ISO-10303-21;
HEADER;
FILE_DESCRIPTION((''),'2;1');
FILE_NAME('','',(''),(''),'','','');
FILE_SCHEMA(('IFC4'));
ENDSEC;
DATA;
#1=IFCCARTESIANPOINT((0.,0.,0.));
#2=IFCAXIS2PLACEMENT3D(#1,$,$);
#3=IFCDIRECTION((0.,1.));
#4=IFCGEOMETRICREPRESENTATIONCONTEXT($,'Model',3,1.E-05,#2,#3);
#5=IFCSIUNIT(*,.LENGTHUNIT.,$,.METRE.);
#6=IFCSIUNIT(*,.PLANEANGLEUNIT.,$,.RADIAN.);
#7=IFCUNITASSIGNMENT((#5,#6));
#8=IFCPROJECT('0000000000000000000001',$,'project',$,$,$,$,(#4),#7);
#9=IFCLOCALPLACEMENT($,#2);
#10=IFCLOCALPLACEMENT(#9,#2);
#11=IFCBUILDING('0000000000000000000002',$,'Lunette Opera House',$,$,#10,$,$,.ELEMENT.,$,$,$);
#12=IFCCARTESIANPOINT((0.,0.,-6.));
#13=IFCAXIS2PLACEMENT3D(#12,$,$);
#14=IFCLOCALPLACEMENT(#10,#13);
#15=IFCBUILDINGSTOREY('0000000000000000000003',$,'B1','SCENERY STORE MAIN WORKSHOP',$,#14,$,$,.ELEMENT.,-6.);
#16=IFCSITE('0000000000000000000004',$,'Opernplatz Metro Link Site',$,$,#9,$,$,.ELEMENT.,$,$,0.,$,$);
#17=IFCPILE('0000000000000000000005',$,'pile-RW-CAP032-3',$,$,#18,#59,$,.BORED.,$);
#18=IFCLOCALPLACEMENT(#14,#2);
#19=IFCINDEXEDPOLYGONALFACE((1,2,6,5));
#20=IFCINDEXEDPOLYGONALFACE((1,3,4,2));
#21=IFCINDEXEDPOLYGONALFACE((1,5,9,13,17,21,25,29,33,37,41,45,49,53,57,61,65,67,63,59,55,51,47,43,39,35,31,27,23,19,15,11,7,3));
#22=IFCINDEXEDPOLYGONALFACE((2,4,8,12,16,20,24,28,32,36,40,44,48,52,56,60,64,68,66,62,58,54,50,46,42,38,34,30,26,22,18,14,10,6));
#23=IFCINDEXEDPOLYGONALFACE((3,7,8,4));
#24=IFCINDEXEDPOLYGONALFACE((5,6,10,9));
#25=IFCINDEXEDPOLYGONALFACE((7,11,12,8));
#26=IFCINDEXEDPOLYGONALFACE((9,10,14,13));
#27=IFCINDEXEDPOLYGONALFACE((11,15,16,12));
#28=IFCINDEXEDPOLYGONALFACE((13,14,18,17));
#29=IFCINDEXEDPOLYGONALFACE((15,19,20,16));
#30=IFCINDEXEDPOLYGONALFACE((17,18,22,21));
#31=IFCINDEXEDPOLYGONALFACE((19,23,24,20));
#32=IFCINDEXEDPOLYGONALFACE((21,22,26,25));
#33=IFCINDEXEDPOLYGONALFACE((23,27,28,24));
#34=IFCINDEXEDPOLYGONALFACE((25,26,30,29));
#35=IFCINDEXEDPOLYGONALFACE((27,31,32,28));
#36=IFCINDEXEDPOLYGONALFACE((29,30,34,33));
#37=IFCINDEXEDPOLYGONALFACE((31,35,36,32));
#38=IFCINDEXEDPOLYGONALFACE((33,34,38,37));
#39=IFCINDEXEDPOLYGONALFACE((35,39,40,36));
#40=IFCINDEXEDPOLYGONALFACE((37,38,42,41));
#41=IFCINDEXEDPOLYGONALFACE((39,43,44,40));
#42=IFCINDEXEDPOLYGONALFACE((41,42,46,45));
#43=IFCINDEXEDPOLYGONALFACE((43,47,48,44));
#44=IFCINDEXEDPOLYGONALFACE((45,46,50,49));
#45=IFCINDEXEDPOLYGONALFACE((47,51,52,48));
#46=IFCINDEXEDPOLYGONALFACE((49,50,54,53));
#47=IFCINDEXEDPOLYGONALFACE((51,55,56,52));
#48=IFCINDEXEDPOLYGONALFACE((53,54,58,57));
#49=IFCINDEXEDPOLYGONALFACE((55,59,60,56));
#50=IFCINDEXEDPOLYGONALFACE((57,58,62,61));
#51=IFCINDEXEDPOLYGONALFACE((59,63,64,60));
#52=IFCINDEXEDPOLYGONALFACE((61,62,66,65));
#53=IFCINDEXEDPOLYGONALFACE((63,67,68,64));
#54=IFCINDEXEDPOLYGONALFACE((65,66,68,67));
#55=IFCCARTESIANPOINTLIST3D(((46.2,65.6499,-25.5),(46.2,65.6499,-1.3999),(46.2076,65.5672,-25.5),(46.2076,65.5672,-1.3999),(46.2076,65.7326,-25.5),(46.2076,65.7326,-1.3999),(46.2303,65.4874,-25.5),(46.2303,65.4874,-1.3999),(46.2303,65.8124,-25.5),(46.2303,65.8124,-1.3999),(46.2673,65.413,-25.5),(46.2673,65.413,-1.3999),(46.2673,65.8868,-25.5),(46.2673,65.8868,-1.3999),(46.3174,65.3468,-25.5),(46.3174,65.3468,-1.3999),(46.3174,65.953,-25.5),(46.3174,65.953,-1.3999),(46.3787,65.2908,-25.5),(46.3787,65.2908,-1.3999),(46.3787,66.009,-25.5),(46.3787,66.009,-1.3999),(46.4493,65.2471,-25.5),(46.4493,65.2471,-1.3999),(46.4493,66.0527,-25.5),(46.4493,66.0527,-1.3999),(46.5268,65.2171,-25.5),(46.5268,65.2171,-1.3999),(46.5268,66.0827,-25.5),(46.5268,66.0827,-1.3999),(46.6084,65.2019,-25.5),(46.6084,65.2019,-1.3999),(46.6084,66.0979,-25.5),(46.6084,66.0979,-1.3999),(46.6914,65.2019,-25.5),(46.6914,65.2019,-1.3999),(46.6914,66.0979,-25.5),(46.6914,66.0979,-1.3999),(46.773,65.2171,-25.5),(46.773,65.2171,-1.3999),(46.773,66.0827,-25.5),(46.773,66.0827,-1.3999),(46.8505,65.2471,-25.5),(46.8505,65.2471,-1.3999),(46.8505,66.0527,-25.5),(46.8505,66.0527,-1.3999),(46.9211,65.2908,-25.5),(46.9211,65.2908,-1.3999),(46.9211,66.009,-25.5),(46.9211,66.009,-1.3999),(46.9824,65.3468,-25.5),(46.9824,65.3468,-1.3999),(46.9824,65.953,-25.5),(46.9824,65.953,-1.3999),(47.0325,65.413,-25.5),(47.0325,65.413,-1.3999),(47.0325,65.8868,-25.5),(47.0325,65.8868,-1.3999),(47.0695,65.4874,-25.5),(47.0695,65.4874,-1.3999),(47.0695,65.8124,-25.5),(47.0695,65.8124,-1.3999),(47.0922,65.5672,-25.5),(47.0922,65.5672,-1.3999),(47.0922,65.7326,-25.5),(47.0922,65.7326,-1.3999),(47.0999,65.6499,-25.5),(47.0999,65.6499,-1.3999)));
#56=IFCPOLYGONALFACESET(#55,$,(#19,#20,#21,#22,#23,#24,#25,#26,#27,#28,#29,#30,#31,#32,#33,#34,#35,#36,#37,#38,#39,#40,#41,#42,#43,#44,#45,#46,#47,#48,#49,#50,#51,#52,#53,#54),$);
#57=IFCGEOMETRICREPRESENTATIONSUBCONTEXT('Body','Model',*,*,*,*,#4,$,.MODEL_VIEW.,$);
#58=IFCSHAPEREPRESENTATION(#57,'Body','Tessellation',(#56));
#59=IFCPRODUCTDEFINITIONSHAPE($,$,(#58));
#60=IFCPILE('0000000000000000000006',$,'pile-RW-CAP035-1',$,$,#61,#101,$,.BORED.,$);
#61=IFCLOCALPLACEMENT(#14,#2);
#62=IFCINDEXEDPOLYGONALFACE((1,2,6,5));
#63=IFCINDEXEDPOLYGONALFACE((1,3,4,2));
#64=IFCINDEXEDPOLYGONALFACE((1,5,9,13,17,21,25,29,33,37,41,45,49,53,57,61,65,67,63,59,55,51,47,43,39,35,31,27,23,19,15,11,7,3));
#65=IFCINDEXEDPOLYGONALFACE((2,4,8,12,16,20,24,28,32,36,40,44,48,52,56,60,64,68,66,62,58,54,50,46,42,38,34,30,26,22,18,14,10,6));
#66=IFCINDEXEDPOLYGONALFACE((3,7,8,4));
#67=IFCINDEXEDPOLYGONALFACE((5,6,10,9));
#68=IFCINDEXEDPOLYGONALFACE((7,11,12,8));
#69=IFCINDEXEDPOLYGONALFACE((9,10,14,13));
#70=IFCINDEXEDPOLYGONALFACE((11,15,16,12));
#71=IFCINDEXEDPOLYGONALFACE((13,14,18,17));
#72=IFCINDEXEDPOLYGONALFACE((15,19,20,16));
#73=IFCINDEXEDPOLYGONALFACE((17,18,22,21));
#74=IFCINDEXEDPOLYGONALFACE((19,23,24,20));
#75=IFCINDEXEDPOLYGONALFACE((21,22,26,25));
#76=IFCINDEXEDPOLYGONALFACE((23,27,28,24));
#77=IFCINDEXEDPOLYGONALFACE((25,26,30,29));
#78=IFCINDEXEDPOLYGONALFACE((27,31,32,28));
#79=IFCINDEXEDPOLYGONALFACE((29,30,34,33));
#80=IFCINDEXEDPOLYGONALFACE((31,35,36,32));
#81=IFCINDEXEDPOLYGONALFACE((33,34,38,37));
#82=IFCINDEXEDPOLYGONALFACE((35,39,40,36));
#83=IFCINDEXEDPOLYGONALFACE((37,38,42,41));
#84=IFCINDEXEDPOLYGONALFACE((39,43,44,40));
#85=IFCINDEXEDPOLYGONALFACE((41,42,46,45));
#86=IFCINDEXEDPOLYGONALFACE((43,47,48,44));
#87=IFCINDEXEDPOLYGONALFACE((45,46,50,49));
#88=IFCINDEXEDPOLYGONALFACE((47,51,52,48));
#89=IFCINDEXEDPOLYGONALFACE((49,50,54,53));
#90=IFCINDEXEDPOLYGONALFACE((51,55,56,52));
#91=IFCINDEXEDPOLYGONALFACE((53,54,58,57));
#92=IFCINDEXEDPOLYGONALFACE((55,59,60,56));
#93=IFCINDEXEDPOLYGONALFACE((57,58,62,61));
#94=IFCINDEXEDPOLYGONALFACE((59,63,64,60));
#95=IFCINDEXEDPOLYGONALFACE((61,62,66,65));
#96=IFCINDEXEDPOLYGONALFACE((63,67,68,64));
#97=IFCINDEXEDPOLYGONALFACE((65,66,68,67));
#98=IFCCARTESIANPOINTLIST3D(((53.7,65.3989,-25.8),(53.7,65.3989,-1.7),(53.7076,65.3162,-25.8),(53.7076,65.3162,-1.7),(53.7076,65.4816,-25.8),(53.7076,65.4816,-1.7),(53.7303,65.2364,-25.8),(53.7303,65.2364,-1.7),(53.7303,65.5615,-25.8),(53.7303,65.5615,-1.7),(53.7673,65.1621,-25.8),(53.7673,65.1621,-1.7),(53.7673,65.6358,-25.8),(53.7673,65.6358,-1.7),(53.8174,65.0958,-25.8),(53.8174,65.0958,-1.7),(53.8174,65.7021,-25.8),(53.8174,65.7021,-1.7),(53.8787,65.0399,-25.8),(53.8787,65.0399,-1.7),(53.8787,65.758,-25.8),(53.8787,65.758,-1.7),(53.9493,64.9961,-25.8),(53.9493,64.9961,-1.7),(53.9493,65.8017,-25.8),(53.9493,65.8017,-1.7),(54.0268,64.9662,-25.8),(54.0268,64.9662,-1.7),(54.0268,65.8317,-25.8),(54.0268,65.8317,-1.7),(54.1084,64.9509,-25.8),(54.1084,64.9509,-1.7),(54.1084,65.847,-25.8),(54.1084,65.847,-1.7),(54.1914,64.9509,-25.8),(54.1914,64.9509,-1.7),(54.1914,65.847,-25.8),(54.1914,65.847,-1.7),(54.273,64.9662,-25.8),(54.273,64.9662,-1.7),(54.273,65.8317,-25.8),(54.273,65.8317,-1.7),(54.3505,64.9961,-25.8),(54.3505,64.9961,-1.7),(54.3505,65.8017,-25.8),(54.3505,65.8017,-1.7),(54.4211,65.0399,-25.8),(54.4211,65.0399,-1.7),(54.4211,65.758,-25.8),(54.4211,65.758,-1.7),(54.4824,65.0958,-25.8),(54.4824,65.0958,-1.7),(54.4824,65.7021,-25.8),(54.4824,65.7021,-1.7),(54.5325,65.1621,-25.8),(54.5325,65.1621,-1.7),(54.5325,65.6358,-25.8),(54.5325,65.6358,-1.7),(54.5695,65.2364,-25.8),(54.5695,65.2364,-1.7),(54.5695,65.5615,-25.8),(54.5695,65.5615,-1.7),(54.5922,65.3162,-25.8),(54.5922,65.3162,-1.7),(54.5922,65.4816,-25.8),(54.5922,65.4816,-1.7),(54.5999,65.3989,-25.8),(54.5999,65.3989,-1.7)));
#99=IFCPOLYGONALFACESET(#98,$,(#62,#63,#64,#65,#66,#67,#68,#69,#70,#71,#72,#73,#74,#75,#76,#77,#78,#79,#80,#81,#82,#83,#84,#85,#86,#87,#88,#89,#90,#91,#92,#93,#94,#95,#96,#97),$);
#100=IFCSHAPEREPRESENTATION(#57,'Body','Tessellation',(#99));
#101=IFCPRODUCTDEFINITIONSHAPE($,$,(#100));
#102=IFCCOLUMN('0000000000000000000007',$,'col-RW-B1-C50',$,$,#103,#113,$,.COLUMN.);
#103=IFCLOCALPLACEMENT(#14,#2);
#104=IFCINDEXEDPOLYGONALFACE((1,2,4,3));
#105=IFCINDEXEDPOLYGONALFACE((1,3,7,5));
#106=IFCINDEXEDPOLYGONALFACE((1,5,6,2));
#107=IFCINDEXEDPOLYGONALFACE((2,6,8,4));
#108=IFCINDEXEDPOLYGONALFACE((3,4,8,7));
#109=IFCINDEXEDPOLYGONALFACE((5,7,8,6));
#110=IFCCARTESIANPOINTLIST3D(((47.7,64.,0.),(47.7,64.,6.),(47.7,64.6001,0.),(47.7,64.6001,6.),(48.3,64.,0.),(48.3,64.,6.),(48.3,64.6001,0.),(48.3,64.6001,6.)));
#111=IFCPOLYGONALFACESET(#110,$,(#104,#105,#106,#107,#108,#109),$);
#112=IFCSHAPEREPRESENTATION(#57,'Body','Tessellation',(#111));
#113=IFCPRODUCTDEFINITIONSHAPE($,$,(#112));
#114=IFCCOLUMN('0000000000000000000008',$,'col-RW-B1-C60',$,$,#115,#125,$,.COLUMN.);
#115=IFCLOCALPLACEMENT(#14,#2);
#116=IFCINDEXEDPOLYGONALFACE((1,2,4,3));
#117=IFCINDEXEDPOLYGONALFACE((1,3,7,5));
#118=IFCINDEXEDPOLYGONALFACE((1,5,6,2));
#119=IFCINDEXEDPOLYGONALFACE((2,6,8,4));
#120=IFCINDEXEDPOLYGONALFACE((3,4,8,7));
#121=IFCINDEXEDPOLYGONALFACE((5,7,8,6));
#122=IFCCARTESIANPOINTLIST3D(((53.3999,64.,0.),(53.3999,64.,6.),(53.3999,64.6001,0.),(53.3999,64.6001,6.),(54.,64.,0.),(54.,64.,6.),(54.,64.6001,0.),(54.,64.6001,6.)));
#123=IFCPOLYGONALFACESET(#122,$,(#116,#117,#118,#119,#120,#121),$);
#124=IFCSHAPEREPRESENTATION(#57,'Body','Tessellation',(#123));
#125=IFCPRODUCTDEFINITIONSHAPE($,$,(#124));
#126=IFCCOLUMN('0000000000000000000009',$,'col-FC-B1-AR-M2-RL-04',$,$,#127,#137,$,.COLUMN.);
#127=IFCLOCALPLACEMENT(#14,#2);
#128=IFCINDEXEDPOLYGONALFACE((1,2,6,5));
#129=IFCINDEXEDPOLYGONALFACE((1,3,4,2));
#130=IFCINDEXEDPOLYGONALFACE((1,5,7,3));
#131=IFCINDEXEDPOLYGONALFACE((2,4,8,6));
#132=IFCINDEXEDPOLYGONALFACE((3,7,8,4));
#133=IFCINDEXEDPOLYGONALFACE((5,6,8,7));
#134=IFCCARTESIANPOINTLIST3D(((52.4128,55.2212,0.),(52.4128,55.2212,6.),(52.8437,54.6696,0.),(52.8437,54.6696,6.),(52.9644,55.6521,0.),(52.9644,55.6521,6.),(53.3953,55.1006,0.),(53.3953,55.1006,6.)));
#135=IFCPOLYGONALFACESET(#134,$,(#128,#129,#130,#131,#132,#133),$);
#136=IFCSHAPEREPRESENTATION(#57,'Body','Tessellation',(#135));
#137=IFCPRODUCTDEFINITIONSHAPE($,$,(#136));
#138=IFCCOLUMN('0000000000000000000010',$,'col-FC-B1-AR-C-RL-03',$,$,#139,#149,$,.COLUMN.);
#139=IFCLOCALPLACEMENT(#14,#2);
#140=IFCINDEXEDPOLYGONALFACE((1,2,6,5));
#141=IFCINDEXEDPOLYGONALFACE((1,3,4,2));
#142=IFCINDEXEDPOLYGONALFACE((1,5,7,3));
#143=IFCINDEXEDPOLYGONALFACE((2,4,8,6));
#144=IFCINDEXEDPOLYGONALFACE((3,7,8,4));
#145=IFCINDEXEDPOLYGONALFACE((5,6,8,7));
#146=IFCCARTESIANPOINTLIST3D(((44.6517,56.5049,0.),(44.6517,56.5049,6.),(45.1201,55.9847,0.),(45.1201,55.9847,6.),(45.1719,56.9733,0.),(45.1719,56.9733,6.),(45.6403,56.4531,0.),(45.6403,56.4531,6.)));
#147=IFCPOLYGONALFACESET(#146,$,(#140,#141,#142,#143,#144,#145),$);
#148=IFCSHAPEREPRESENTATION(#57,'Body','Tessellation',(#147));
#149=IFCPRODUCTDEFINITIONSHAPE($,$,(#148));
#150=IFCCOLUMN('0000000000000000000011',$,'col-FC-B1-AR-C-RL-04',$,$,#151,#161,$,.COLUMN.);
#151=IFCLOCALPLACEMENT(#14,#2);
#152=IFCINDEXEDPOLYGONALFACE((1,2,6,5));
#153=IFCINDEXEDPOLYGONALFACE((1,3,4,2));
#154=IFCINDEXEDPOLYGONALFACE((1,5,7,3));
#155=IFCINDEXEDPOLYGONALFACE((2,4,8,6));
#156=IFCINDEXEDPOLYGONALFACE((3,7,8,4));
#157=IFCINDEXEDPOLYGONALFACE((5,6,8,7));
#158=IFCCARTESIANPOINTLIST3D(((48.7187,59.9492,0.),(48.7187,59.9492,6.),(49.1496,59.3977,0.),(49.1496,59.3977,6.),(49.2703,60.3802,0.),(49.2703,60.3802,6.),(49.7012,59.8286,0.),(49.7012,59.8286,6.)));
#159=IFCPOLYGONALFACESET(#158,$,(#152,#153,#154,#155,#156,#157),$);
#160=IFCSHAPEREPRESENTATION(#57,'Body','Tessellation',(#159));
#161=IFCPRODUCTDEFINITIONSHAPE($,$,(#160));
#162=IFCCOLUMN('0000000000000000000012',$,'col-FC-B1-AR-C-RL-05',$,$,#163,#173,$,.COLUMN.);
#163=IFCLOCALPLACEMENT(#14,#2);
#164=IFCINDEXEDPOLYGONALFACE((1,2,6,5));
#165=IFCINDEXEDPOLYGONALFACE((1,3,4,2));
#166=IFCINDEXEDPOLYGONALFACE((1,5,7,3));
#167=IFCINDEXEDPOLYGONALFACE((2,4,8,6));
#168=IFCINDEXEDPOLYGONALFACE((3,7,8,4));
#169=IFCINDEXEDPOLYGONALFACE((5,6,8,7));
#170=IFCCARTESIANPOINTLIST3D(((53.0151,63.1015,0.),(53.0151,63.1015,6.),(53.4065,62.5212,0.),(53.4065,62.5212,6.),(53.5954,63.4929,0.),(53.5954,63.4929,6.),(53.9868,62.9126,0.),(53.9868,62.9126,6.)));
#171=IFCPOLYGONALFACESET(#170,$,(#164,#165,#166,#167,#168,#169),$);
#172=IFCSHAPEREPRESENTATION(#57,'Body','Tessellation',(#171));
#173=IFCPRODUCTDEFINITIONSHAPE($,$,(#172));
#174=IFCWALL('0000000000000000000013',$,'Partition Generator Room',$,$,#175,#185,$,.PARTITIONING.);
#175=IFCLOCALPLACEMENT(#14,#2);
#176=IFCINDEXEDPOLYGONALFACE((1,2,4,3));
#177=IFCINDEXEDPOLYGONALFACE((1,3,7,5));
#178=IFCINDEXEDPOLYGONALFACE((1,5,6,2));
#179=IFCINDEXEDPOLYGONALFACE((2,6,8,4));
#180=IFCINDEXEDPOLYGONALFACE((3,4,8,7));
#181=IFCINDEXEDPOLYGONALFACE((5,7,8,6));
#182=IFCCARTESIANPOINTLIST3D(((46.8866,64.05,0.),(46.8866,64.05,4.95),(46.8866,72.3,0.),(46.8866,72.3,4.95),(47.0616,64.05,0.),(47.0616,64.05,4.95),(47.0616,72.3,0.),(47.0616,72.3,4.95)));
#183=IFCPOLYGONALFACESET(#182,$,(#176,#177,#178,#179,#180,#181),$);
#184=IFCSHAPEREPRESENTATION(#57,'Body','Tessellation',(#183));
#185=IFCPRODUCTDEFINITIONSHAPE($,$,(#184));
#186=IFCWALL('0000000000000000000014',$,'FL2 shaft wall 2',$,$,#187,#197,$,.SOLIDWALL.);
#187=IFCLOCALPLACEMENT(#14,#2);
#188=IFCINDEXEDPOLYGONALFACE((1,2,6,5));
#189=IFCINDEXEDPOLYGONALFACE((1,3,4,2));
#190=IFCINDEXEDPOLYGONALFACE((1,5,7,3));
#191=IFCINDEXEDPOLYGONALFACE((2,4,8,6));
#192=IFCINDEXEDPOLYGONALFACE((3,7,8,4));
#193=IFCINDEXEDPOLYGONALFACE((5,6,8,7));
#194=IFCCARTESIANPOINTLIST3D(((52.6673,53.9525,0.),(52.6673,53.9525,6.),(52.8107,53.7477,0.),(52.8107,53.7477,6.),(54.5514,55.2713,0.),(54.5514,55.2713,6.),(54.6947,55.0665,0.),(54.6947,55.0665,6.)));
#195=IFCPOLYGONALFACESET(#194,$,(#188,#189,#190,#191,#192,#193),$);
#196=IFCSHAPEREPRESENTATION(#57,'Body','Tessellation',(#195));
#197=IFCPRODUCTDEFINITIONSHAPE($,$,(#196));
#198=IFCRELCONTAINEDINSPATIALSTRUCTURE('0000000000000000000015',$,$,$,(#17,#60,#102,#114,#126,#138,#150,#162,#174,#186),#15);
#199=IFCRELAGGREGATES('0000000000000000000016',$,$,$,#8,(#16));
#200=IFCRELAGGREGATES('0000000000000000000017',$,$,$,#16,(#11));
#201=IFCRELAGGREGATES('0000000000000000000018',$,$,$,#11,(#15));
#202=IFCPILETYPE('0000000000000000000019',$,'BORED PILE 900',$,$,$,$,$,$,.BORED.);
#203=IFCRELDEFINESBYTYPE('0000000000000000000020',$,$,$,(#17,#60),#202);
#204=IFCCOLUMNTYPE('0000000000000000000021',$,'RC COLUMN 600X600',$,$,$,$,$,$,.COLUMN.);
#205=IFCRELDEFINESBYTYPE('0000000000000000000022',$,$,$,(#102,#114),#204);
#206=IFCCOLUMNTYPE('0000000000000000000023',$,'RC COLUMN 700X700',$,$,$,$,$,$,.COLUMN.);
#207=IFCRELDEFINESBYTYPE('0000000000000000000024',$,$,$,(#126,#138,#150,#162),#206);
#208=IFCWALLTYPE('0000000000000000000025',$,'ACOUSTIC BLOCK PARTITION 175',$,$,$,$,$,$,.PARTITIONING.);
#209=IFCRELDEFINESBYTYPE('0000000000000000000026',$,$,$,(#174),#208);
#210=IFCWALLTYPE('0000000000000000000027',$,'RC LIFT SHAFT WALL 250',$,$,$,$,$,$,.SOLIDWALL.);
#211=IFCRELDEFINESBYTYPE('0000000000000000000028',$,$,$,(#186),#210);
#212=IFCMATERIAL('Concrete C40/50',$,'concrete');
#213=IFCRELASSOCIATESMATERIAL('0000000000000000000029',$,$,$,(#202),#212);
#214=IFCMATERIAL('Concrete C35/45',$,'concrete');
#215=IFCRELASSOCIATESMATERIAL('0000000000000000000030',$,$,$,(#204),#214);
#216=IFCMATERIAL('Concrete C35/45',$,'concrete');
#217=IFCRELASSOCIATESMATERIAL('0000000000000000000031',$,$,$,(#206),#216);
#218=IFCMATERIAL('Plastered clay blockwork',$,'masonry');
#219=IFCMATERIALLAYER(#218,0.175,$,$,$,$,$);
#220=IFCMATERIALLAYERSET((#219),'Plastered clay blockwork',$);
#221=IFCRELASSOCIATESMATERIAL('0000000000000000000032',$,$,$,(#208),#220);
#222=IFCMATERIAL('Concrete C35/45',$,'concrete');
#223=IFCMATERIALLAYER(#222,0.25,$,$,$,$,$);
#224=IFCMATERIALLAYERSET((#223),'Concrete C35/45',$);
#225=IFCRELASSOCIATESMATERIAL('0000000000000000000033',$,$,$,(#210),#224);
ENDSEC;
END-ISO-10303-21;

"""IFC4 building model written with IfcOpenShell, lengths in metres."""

from ifc_helpers import new_model, si_unit, direction, frame, frame_2d, origin, origin_2d, place, context, subcontext, project, spatial, rectangle, circle, extrude, material, layer, layer_set, material_profile, profile_set, type_object, element, save


model = new_model("IFC4")

# Units and contexts
model_context = context("Model", 3, precision=1e-05, world=origin(), true_north=direction((0.0, 1.0)))
body_context = subcontext(model_context, "Body", "Model", "MODEL_VIEW")
ifc_project = project(units=[si_unit("LENGTHUNIT", "METRE"), si_unit("PLANEANGLEUNIT", "RADIAN")], contexts=[model_context])

# Site, building, storey
site_placement = place(None, origin())
site = spatial("IfcSite", under=ifc_project, at=site_placement, Name="Opernplatz Metro Link Site", CompositionType="ELEMENT", RefElevation=0.0)
building_placement = place(site_placement, origin())
building = spatial("IfcBuilding", under=site, at=building_placement, Name="Lunette Opera House", CompositionType="ELEMENT")
storey_placement = place(building_placement, frame((0.0, 0.0, -6.0)))
storey = spatial("IfcBuildingStorey", under=building, at=storey_placement, Name="B1", Description="SCENERY STORE MAIN WORKSHOP", CompositionType="ELEMENT", Elevation=-6.0)

# Piles
ifc_material_1 = material(Name="Concrete C40/50", Category="concrete")
ifc_material_profile_1 = material_profile(ifc_material_1, circle(Radius=0.45, at=origin_2d()), Name="BORED PILE 900")
ifc_profile_set_1 = profile_set([ifc_material_profile_1], Name="Concrete C40/50")
pile_type = type_object("IfcPileType", Name="BORED PILE 900", PredefinedType="BORED", material=ifc_profile_set_1)
for number, where, z_axis, x_axis, name in (
    (1, (46.6499, 65.6499, -1.3999), (0.0, 0.0, -1.0), (1.0, 0.0, 0.0), "pile-RW-CAP032-3"),
    (2, (54.1499, 65.3989, -1.7), (0.0, 0.0, -1.0), (1.0, 0.0, 0.0), "pile-RW-CAP035-1"),
):
    element("IfcPile", number, at=place(storey_placement, frame(where, z_axis=z_axis, x_axis=x_axis)), inside=storey, type_object=pile_type, Name=name, PredefinedType="BORED", context=body_context, shape_type="SweptSolid", body=[
        extrude(circle(Radius=0.45, at=origin_2d()), origin(), (0.0, 0.0, 1.0), 24.1001),
    ])

# Columns
ifc_material_2 = material(Name="Concrete C35/45", Category="concrete")
ifc_material_profile_2 = material_profile(ifc_material_2, rectangle(XDim=0.6001, YDim=0.6001, at=origin_2d()), Name="RC COLUMN 600X600")
ifc_profile_set_2 = profile_set([ifc_material_profile_2], Name="Concrete C35/45")
column_type_1 = type_object("IfcColumnType", Name="RC COLUMN 600X600", PredefinedType="COLUMN", material=ifc_profile_set_2)
for number, where, z_axis, x_axis, name in (
    (3, (48.0, 64.3, 0.0), (0.0, 0.0, 1.0), (1.0, 0.0, 0.0), "col-RW-B1-C50"),
    (4, (53.7, 64.3, 0.0), (0.0, 0.0, 1.0), (1.0, 0.0, 0.0), "col-RW-B1-C60"),
):
    element("IfcColumn", number, at=place(storey_placement, frame(where, z_axis=z_axis, x_axis=x_axis)), inside=storey, type_object=column_type_1, Name=name, PredefinedType="COLUMN", context=body_context, shape_type="SweptSolid", body=[
        extrude(rectangle(XDim=0.6001, YDim=0.6001, at=origin_2d()), origin(), (0.0, 0.0, 1.0), 6.0),
    ])
ifc_material_3 = material(Name="Concrete C35/45", Category="concrete")
ifc_material_profile_3 = material_profile(ifc_material_3, rectangle(XDim=0.7, YDim=0.7, at=origin_2d()), Name="RC COLUMN 700X700")
ifc_profile_set_3 = profile_set([ifc_material_profile_3], Name="Concrete C35/45")
column_type_2 = type_object("IfcColumnType", Name="RC COLUMN 700X700", PredefinedType="COLUMN", material=ifc_profile_set_3)
for number, where, z_axis, x_axis, name in (
    (5, (52.9041, 55.1609, 0.0), (0.0, 0.0, 1.0), (0.788011, 0.615661, 0.0), "col-FC-B1-AR-M2-RL-04"),
    (6, (45.146, 56.479, 0.0), (0.0, 0.0, 1.0), (0.743145, 0.669131, 0.0), "col-FC-B1-AR-C-RL-03"),
    (7, (49.21, 59.8889, 0.0), (0.0, 0.0, 1.0), (0.788011, 0.615661, 0.0), "col-FC-B1-AR-C-RL-04"),
    (8, (53.501, 63.0071, 0.0), (0.0, 0.0, 1.0), (0.829038, 0.559193, 0.0), "col-FC-B1-AR-C-RL-05"),
):
    element("IfcColumn", number, at=place(storey_placement, frame(where, z_axis=z_axis, x_axis=x_axis)), inside=storey, type_object=column_type_2, Name=name, PredefinedType="COLUMN", context=body_context, shape_type="SweptSolid", body=[
        extrude(rectangle(XDim=0.7, YDim=0.7, at=origin_2d()), origin(), (0.0, 0.0, 1.0), 6.0),
    ])

# Walls
ifc_material_4 = material(Name="Plastered clay blockwork", Category="masonry")
ifc_layer_1 = layer(ifc_material_4, 0.175)
ifc_layer_set_1 = layer_set([ifc_layer_1], Name="Plastered clay blockwork")
wall_type_1 = type_object("IfcWallType", Name="ACOUSTIC BLOCK PARTITION 175", PredefinedType="PARTITIONING", material=ifc_layer_set_1)
wall_1_placement = place(storey_placement, frame((46.9741, 64.05, 0.0), z_axis=(0.0, 0.0, 1.0), x_axis=(0.0, 1.0, 0.0)))
element("IfcWall", 9, at=wall_1_placement, inside=storey, type_object=wall_type_1, Name="Partition Generator Room", PredefinedType="PARTITIONING", context=body_context, shape_type="SweptSolid", body=[
    extrude(rectangle(XDim=8.25, YDim=0.175, at=frame_2d((4.125, 0.0))), origin(), (0.0, 0.0, 1.0), 4.95),
])
ifc_material_5 = material(Name="Concrete C35/45", Category="concrete")
ifc_layer_2 = layer(ifc_material_5, 0.25)
ifc_layer_set_2 = layer_set([ifc_layer_2], Name="Concrete C35/45")
wall_type_2 = type_object("IfcWallType", Name="RC LIFT SHAFT WALL 250", PredefinedType="SOLIDWALL", material=ifc_layer_set_2)
wall_2_placement = place(storey_placement, frame((54.623, 55.1689, 0.0), z_axis=(0.0, 0.0, 1.0), x_axis=(-0.819227, -0.573469, 0.0)))
element("IfcWall", 10, at=wall_2_placement, inside=storey, type_object=wall_type_2, Name="FL2 shaft wall 2", PredefinedType="SOLIDWALL", context=body_context, shape_type="SweptSolid", body=[
    extrude(rectangle(XDim=2.2998, YDim=0.25, at=frame_2d((1.1499, 0.0))), origin(), (0.0, 0.0, 1.0), 6.0),
])

save(model, "model.ifc")
